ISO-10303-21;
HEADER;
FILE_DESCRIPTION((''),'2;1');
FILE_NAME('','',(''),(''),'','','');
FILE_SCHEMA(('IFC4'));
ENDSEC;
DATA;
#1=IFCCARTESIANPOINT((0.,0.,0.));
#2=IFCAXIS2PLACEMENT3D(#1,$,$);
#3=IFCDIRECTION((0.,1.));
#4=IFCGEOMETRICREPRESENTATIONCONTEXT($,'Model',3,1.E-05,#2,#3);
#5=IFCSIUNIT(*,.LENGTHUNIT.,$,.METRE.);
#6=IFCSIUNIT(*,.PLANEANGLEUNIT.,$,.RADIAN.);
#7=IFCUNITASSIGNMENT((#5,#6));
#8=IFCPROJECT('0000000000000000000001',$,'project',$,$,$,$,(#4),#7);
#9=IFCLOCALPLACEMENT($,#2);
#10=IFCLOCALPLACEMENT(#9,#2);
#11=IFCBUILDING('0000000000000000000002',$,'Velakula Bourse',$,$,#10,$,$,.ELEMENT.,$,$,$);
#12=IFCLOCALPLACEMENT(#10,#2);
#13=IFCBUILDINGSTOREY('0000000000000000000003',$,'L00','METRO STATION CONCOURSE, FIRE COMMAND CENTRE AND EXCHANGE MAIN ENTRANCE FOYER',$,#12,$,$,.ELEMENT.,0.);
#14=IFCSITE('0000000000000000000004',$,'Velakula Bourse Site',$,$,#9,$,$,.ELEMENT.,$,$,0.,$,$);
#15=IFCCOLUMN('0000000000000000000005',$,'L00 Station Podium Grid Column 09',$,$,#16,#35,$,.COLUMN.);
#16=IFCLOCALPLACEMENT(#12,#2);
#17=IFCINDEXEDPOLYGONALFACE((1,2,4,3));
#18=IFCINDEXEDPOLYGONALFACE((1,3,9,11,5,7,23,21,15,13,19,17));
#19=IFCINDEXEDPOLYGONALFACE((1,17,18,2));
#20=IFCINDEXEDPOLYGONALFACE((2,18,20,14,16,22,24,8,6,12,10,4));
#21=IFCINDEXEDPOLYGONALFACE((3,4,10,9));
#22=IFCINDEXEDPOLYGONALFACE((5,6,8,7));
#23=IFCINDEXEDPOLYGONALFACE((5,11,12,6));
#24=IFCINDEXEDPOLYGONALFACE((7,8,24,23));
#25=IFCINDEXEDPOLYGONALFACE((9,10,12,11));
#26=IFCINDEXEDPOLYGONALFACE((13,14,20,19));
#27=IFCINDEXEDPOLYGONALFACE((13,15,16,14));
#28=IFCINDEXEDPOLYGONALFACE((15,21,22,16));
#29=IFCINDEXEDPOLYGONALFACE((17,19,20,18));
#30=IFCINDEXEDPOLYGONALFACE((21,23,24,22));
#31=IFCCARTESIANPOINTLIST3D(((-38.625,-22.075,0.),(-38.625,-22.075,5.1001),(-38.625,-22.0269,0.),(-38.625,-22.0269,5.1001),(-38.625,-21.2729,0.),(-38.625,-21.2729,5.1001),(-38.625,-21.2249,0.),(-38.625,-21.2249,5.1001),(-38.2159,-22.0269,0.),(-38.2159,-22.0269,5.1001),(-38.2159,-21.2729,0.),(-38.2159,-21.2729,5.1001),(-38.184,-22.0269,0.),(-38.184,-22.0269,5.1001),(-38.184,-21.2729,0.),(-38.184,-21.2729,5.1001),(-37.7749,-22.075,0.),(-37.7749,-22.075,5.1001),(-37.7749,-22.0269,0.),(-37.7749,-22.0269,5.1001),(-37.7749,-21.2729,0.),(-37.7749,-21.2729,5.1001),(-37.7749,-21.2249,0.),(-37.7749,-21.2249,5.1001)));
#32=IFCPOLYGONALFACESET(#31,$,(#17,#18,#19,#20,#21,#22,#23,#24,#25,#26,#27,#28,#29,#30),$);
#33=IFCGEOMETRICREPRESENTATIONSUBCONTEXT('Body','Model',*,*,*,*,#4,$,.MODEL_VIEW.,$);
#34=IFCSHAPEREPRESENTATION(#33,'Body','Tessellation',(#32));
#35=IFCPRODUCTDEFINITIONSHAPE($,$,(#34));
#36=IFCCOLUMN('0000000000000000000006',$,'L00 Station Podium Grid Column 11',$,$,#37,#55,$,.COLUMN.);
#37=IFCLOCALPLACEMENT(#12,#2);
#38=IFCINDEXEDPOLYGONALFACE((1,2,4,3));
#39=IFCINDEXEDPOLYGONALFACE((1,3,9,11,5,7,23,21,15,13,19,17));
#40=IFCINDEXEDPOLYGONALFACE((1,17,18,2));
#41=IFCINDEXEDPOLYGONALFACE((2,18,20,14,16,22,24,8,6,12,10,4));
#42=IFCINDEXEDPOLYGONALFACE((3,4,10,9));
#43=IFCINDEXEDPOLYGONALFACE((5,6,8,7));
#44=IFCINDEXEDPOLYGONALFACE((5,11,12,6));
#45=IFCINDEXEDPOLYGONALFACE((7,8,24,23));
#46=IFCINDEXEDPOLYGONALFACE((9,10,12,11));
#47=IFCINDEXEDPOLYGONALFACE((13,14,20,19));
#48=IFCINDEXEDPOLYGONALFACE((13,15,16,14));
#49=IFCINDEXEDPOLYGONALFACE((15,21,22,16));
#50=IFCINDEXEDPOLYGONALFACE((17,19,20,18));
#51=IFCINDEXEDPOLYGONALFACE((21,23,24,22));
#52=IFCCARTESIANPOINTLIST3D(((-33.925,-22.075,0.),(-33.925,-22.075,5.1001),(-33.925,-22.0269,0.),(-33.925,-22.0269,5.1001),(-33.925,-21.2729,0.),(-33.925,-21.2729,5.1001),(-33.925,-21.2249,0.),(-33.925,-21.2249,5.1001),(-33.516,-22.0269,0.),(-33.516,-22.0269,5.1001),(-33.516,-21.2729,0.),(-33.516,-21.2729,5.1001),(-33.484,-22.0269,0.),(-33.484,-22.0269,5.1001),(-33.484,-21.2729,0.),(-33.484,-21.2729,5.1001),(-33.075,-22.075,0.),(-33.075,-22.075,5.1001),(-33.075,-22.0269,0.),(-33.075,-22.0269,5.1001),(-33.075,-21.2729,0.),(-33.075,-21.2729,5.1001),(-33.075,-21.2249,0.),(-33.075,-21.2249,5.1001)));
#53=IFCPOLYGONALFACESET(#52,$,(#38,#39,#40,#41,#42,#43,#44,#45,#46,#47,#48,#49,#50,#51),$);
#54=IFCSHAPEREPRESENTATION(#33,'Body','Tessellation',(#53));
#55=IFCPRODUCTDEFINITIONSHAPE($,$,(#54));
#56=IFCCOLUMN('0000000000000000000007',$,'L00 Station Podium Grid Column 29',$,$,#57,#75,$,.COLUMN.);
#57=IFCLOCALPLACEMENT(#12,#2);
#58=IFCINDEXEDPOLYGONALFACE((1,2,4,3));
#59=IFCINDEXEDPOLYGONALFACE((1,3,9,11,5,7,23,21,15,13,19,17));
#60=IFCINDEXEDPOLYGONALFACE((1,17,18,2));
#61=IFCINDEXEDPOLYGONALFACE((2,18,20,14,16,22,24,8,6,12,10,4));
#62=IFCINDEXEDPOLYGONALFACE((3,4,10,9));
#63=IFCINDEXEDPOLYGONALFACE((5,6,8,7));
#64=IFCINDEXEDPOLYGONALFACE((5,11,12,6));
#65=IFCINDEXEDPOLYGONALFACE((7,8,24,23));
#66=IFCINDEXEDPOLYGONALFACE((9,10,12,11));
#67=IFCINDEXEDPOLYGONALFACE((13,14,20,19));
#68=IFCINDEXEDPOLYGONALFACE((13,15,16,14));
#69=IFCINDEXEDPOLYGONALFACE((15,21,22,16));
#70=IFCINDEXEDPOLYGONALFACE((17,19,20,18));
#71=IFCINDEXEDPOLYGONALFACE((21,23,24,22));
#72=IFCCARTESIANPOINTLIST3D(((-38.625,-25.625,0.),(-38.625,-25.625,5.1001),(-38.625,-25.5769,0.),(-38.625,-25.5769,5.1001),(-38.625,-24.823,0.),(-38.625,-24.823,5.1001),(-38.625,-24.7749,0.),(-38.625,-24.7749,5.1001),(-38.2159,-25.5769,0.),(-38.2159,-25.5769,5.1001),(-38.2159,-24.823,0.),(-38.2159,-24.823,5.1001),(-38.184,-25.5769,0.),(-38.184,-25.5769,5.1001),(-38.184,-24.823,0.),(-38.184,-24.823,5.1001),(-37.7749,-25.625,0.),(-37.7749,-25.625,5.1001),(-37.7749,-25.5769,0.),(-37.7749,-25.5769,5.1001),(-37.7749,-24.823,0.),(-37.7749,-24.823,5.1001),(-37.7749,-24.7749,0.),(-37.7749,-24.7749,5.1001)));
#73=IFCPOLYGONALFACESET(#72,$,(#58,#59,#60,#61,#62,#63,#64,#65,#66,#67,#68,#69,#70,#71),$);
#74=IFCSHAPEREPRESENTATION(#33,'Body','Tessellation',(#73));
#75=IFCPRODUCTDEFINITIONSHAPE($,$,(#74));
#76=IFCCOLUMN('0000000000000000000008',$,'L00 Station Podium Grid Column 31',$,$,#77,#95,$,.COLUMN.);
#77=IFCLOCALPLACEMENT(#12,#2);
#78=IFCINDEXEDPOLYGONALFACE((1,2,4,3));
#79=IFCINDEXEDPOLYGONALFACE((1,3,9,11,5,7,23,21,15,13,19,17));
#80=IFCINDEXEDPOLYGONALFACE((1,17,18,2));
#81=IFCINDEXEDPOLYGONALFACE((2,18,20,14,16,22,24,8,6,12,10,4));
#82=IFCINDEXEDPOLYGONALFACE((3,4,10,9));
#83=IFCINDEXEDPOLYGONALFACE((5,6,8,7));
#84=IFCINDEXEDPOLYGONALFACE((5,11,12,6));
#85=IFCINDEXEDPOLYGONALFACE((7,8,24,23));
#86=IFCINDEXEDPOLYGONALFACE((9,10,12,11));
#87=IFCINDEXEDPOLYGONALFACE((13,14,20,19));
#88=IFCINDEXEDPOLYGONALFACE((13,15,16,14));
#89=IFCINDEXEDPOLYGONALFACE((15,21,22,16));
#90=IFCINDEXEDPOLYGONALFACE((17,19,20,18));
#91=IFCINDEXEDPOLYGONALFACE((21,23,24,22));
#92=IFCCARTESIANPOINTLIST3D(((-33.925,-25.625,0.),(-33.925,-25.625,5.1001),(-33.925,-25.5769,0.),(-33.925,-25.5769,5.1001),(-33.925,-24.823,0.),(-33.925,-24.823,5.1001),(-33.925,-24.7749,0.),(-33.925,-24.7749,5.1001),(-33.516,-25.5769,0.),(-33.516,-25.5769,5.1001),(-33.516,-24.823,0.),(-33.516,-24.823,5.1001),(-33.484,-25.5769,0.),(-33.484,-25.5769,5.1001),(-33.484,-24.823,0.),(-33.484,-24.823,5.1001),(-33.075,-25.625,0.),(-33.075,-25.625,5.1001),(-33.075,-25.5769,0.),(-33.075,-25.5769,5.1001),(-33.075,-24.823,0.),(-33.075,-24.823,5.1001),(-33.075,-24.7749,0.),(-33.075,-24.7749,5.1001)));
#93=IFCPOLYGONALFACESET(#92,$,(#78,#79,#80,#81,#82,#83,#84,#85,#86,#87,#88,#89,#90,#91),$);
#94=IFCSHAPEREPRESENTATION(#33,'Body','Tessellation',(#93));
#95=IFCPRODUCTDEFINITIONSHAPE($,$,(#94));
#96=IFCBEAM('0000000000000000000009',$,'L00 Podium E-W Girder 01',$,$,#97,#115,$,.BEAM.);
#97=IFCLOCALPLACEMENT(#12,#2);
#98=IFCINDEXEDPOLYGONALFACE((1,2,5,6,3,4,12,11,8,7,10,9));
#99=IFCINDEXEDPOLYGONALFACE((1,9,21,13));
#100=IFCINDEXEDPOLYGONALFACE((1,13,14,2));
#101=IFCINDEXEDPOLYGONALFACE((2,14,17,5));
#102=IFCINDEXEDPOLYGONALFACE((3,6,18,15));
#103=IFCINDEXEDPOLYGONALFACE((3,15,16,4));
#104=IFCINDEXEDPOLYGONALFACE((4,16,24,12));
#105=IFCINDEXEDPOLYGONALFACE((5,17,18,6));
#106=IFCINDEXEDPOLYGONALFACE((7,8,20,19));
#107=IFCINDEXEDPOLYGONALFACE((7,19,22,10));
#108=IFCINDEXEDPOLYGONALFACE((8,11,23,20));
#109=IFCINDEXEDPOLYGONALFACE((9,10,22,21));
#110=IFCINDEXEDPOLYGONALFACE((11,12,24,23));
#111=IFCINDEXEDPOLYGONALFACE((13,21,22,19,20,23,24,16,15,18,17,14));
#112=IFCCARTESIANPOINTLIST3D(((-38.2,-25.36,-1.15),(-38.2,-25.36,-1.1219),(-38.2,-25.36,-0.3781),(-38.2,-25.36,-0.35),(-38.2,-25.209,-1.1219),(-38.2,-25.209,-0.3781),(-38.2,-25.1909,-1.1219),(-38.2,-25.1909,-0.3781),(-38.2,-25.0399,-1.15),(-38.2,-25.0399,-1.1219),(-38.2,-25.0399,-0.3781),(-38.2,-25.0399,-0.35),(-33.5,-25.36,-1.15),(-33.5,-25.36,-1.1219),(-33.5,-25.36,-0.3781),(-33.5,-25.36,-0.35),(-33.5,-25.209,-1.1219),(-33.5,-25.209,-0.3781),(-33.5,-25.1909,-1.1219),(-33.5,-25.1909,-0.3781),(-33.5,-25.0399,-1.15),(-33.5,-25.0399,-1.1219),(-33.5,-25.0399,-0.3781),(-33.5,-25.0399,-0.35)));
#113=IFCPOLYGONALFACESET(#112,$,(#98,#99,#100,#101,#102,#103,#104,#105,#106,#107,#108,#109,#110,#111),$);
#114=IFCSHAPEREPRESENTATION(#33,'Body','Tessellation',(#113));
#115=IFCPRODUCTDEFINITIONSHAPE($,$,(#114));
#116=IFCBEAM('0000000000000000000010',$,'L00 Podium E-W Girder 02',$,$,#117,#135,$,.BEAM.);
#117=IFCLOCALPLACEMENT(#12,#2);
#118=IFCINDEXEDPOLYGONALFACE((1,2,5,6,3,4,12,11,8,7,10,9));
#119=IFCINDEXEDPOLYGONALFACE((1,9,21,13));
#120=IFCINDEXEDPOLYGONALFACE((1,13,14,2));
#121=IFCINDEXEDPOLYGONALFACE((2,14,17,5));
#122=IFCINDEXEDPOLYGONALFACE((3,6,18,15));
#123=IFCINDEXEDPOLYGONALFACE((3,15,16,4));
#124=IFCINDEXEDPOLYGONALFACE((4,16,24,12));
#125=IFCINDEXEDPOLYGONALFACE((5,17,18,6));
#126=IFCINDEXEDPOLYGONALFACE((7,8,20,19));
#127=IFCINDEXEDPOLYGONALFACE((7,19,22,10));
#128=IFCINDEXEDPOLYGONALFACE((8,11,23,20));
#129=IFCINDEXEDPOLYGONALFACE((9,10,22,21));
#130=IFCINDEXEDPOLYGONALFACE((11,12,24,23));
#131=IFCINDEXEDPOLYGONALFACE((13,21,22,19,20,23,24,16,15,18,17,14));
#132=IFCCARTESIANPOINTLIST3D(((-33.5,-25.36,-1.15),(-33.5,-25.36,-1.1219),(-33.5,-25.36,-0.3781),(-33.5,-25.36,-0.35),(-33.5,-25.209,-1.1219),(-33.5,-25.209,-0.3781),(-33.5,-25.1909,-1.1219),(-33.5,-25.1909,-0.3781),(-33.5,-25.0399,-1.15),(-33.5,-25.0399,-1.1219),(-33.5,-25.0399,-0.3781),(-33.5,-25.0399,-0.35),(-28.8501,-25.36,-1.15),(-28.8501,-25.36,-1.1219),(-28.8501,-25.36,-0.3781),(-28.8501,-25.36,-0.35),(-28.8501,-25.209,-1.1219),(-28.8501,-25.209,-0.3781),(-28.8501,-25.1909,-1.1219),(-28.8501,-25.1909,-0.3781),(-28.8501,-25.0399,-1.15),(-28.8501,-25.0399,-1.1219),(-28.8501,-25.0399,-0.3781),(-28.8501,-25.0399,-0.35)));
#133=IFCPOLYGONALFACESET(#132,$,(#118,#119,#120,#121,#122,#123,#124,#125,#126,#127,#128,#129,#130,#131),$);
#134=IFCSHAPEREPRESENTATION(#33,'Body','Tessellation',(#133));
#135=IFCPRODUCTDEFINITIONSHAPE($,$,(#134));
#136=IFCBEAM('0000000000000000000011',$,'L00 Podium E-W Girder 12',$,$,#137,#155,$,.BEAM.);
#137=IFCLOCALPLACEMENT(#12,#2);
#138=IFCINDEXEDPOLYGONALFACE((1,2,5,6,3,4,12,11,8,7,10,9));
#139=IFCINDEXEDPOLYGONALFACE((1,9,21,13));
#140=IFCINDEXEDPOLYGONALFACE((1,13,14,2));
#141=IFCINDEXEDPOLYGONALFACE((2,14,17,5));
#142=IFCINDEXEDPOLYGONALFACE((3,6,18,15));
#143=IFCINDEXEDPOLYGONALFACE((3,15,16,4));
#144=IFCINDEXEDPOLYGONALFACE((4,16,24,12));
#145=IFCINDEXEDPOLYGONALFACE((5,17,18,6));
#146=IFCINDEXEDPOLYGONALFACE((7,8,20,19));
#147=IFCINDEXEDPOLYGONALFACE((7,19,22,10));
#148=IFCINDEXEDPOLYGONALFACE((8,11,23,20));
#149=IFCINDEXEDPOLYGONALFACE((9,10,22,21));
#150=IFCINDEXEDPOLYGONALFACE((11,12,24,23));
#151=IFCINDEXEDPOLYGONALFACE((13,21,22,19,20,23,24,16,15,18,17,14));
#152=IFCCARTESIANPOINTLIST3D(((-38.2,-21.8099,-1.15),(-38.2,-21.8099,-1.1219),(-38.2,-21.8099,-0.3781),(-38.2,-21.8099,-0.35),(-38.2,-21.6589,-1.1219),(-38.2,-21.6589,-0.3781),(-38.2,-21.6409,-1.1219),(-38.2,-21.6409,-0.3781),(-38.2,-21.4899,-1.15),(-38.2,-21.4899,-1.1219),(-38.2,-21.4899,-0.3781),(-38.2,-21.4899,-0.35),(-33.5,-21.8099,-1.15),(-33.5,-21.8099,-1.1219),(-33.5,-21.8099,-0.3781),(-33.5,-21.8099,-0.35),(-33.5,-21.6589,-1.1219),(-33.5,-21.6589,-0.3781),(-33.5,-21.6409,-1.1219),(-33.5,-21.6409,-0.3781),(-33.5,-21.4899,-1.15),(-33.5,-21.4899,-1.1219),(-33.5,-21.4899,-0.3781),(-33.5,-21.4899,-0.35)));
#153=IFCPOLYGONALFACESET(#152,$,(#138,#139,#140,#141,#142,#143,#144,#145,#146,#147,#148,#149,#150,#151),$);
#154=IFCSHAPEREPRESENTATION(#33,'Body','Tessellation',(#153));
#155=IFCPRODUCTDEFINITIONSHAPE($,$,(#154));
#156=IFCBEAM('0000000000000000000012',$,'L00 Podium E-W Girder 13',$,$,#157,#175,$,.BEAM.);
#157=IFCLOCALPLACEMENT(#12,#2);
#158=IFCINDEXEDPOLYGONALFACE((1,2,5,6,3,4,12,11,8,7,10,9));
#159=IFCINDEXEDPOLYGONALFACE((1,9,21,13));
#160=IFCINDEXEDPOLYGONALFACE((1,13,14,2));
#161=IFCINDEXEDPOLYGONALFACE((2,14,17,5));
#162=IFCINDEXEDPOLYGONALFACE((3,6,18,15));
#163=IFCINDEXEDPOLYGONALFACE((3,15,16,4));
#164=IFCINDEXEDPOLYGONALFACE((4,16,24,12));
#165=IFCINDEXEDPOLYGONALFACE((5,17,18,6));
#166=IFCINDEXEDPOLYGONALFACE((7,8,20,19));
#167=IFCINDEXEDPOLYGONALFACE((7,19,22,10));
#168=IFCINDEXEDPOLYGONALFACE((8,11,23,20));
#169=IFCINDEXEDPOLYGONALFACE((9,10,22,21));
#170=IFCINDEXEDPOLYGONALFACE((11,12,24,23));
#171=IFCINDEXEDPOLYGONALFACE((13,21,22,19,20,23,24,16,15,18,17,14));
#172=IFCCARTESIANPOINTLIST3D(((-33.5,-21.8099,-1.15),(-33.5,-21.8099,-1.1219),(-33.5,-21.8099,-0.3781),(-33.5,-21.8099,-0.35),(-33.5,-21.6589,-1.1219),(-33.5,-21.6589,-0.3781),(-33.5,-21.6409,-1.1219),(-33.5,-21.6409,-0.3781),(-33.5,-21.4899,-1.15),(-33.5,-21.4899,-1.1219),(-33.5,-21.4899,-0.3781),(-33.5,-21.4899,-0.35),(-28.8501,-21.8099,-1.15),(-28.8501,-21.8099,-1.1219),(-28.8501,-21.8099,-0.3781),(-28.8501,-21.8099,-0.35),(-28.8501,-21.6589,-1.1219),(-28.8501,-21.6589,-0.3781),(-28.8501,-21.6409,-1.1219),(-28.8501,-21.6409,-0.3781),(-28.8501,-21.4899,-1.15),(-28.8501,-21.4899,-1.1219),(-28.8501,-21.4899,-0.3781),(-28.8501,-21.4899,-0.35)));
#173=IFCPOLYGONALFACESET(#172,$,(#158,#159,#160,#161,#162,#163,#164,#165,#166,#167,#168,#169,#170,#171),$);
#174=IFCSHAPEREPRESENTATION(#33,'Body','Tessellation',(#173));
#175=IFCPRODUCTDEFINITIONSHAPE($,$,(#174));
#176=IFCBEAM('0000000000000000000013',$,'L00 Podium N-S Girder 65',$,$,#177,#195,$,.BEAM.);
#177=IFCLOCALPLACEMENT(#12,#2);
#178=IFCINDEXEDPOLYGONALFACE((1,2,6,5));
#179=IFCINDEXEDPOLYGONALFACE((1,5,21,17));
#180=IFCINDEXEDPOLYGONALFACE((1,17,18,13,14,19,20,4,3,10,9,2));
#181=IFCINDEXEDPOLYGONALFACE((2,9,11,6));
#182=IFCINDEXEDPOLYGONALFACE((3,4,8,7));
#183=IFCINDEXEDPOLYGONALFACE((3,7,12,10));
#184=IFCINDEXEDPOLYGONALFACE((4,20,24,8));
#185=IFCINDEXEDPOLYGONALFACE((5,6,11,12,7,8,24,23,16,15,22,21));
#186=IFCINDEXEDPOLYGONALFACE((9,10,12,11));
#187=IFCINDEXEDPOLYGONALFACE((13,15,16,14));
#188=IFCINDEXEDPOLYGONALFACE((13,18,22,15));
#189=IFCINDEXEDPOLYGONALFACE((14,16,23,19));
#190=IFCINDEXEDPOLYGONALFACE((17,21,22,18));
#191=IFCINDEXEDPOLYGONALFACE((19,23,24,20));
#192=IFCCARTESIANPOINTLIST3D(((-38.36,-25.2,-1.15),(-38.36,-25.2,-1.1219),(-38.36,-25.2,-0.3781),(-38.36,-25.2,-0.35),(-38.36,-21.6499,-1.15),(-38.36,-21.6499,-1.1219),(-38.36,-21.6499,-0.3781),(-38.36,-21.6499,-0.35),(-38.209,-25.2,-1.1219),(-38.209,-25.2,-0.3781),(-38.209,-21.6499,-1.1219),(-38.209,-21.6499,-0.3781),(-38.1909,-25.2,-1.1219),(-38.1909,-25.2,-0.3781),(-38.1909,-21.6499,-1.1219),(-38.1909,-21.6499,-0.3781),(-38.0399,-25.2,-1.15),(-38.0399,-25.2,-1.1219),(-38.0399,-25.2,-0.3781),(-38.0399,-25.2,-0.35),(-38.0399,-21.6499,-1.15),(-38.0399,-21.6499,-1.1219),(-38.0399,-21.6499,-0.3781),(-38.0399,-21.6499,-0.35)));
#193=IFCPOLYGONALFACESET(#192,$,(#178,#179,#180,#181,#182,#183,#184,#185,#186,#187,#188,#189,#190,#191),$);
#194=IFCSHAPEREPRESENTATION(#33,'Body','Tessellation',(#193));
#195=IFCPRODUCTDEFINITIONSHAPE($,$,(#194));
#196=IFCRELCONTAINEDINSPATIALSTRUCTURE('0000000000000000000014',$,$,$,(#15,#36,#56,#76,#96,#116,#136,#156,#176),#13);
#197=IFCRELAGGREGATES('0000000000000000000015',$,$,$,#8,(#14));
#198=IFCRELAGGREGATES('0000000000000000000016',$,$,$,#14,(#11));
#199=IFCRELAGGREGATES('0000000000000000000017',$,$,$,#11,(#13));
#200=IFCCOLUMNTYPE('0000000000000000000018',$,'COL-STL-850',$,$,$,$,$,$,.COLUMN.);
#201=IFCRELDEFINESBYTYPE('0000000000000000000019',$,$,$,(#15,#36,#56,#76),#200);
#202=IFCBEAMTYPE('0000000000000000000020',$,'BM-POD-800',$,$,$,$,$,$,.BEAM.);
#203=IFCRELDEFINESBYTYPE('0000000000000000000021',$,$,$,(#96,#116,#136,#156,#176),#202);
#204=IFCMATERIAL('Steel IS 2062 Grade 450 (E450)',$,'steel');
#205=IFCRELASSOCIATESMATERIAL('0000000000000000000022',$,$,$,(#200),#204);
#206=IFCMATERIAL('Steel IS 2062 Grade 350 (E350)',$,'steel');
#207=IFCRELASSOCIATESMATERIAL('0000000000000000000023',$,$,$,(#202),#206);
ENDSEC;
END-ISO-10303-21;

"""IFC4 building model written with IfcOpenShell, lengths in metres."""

from ifc_helpers import new_model, si_unit, direction, frame, origin, origin_2d, place, context, subcontext, project, spatial, i_section, extrude, material, material_profile, profile_set, type_object, element, save


model = new_model("IFC4")

# Units and contexts
model_context = context("Model", 3, precision=1e-05, world=origin(), true_north=direction((0.0, 1.0)))
body_context = subcontext(model_context, "Body", "Model", "MODEL_VIEW")
ifc_project = project(units=[si_unit("LENGTHUNIT", "METRE"), si_unit("PLANEANGLEUNIT", "RADIAN")], contexts=[model_context])

# Site, building, storey
site_placement = place(None, origin())
site = spatial("IfcSite", under=ifc_project, at=site_placement, Name="Velakula Bourse Site", CompositionType="ELEMENT", RefElevation=0.0)
building_placement = place(site_placement, origin())
building = spatial("IfcBuilding", under=site, at=building_placement, Name="Velakula Bourse", CompositionType="ELEMENT")
storey_placement = place(building_placement, origin())
storey = spatial("IfcBuildingStorey", under=building, at=storey_placement, Name="L00", Description="METRO STATION CONCOURSE, FIRE COMMAND CENTRE AND EXCHANGE MAIN ENTRANCE FOYER", CompositionType="ELEMENT", Elevation=0.0)

# Columns
ifc_material_1 = material(Name="Steel IS 2062 Grade 450 (E450)", Category="steel")
ifc_material_profile_1 = material_profile(ifc_material_1, i_section(OverallWidth=0.8501, OverallDepth=0.8501, WebThickness=0.032, FlangeThickness=0.0481, at=origin_2d()), Name="Steel IS 2062 Grade 450 (E450)")
ifc_profile_set_1 = profile_set([ifc_material_profile_1], Name="Steel IS 2062 Grade 450 (E450)")
column_type = type_object("IfcColumnType", Name="COL-STL-850", PredefinedType="COLUMN", material=ifc_profile_set_1)
for number, where, z_axis, x_axis, name in (
    (1, (-38.2, -21.6499, 0.0), (0.0, 0.0, 1.0), (1.0, 0.0, 0.0), "L00 Station Podium Grid Column 09"),
    (2, (-33.5, -21.6499, 0.0), (0.0, 0.0, 1.0), (1.0, 0.0, 0.0), "L00 Station Podium Grid Column 11"),
    (3, (-38.2, -25.2, 0.0), (0.0, 0.0, 1.0), (1.0, 0.0, 0.0), "L00 Station Podium Grid Column 29"),
    (4, (-33.5, -25.2, 0.0), (0.0, 0.0, 1.0), (1.0, 0.0, 0.0), "L00 Station Podium Grid Column 31"),
):
    element("IfcColumn", number, at=place(storey_placement, frame(where, z_axis=z_axis, x_axis=x_axis)), inside=storey, type_object=column_type, Name=name, PredefinedType="COLUMN", context=body_context, shape_type="SweptSolid", body=[
        extrude(i_section(OverallWidth=0.8501, OverallDepth=0.8501, WebThickness=0.032, FlangeThickness=0.0481, at=origin_2d()), origin(), (0.0, 0.0, 1.0), 5.1001),
    ])

# Beams
ifc_material_2 = material(Name="Steel IS 2062 Grade 350 (E350)", Category="steel")
ifc_material_profile_2 = material_profile(ifc_material_2, i_section(OverallWidth=0.3201, OverallDepth=0.8, WebThickness=0.0181, FlangeThickness=0.0281, at=origin_2d()), Name="Steel IS 2062 Grade 350 (E350)")
ifc_profile_set_2 = profile_set([ifc_material_profile_2], Name="Steel IS 2062 Grade 350 (E350)")
beam_type_1 = type_object("IfcBeamType", Name="BM-POD-800", PredefinedType="BEAM", material=ifc_profile_set_2)
beam_1_placement = place(storey_placement, frame((-38.2, -25.2, -0.75), z_axis=(1.0, 0.0, 0.0), x_axis=(0.0, 1.0, 0.0)))
element("IfcBeam", 5, at=beam_1_placement, inside=storey, type_object=beam_type_1, Name="L00 Podium E-W Girder 01", PredefinedType="BEAM", context=body_context, shape_type="SweptSolid", body=[
    extrude(i_section(OverallWidth=0.3201, OverallDepth=0.8, WebThickness=0.0181, FlangeThickness=0.0281, at=origin_2d()), origin(), (0.0, 0.0, 1.0), 4.7),
])
beam_2_placement = place(storey_placement, frame((-33.5, -25.2, -0.75), z_axis=(1.0, 0.0, 0.0), x_axis=(0.0, 1.0, 0.0)))
element("IfcBeam", 6, at=beam_2_placement, inside=storey, type_object=beam_type_1, Name="L00 Podium E-W Girder 02", PredefinedType="BEAM", context=body_context, shape_type="SweptSolid", body=[
    extrude(i_section(OverallWidth=0.3201, OverallDepth=0.8, WebThickness=0.0181, FlangeThickness=0.0281, at=origin_2d()), origin(), (0.0, 0.0, 1.0), 4.6499),
])
beam_3_placement = place(storey_placement, frame((-38.2, -21.6499, -0.75), z_axis=(1.0, 0.0, 0.0), x_axis=(0.0, 1.0, 0.0)))
element("IfcBeam", 7, at=beam_3_placement, inside=storey, type_object=beam_type_1, Name="L00 Podium E-W Girder 12", PredefinedType="BEAM", context=body_context, shape_type="SweptSolid", body=[
    extrude(i_section(OverallWidth=0.3201, OverallDepth=0.8, WebThickness=0.0181, FlangeThickness=0.0281, at=origin_2d()), origin(), (0.0, 0.0, 1.0), 4.7),
])
beam_4_placement = place(storey_placement, frame((-33.5, -21.6499, -0.75), z_axis=(1.0, 0.0, 0.0), x_axis=(0.0, 1.0, 0.0)))
element("IfcBeam", 8, at=beam_4_placement, inside=storey, type_object=beam_type_1, Name="L00 Podium E-W Girder 13", PredefinedType="BEAM", context=body_context, shape_type="SweptSolid", body=[
    extrude(i_section(OverallWidth=0.3201, OverallDepth=0.8, WebThickness=0.0181, FlangeThickness=0.0281, at=origin_2d()), origin(), (0.0, 0.0, 1.0), 4.6499),
])
beam_5_placement = place(storey_placement, frame((-38.2, -25.2, -0.75), z_axis=(0.0, 1.0, 0.0), x_axis=(-1.0, 0.0, 0.0)))
element("IfcBeam", 9, at=beam_5_placement, inside=storey, type_object=beam_type_1, Name="L00 Podium N-S Girder 65", PredefinedType="BEAM", context=body_context, shape_type="SweptSolid", body=[
    extrude(i_section(OverallWidth=0.3201, OverallDepth=0.8, WebThickness=0.0181, FlangeThickness=0.0281, at=origin_2d()), origin(), (0.0, 0.0, 1.0), 3.55),
])

save(model, "model.ifc")
